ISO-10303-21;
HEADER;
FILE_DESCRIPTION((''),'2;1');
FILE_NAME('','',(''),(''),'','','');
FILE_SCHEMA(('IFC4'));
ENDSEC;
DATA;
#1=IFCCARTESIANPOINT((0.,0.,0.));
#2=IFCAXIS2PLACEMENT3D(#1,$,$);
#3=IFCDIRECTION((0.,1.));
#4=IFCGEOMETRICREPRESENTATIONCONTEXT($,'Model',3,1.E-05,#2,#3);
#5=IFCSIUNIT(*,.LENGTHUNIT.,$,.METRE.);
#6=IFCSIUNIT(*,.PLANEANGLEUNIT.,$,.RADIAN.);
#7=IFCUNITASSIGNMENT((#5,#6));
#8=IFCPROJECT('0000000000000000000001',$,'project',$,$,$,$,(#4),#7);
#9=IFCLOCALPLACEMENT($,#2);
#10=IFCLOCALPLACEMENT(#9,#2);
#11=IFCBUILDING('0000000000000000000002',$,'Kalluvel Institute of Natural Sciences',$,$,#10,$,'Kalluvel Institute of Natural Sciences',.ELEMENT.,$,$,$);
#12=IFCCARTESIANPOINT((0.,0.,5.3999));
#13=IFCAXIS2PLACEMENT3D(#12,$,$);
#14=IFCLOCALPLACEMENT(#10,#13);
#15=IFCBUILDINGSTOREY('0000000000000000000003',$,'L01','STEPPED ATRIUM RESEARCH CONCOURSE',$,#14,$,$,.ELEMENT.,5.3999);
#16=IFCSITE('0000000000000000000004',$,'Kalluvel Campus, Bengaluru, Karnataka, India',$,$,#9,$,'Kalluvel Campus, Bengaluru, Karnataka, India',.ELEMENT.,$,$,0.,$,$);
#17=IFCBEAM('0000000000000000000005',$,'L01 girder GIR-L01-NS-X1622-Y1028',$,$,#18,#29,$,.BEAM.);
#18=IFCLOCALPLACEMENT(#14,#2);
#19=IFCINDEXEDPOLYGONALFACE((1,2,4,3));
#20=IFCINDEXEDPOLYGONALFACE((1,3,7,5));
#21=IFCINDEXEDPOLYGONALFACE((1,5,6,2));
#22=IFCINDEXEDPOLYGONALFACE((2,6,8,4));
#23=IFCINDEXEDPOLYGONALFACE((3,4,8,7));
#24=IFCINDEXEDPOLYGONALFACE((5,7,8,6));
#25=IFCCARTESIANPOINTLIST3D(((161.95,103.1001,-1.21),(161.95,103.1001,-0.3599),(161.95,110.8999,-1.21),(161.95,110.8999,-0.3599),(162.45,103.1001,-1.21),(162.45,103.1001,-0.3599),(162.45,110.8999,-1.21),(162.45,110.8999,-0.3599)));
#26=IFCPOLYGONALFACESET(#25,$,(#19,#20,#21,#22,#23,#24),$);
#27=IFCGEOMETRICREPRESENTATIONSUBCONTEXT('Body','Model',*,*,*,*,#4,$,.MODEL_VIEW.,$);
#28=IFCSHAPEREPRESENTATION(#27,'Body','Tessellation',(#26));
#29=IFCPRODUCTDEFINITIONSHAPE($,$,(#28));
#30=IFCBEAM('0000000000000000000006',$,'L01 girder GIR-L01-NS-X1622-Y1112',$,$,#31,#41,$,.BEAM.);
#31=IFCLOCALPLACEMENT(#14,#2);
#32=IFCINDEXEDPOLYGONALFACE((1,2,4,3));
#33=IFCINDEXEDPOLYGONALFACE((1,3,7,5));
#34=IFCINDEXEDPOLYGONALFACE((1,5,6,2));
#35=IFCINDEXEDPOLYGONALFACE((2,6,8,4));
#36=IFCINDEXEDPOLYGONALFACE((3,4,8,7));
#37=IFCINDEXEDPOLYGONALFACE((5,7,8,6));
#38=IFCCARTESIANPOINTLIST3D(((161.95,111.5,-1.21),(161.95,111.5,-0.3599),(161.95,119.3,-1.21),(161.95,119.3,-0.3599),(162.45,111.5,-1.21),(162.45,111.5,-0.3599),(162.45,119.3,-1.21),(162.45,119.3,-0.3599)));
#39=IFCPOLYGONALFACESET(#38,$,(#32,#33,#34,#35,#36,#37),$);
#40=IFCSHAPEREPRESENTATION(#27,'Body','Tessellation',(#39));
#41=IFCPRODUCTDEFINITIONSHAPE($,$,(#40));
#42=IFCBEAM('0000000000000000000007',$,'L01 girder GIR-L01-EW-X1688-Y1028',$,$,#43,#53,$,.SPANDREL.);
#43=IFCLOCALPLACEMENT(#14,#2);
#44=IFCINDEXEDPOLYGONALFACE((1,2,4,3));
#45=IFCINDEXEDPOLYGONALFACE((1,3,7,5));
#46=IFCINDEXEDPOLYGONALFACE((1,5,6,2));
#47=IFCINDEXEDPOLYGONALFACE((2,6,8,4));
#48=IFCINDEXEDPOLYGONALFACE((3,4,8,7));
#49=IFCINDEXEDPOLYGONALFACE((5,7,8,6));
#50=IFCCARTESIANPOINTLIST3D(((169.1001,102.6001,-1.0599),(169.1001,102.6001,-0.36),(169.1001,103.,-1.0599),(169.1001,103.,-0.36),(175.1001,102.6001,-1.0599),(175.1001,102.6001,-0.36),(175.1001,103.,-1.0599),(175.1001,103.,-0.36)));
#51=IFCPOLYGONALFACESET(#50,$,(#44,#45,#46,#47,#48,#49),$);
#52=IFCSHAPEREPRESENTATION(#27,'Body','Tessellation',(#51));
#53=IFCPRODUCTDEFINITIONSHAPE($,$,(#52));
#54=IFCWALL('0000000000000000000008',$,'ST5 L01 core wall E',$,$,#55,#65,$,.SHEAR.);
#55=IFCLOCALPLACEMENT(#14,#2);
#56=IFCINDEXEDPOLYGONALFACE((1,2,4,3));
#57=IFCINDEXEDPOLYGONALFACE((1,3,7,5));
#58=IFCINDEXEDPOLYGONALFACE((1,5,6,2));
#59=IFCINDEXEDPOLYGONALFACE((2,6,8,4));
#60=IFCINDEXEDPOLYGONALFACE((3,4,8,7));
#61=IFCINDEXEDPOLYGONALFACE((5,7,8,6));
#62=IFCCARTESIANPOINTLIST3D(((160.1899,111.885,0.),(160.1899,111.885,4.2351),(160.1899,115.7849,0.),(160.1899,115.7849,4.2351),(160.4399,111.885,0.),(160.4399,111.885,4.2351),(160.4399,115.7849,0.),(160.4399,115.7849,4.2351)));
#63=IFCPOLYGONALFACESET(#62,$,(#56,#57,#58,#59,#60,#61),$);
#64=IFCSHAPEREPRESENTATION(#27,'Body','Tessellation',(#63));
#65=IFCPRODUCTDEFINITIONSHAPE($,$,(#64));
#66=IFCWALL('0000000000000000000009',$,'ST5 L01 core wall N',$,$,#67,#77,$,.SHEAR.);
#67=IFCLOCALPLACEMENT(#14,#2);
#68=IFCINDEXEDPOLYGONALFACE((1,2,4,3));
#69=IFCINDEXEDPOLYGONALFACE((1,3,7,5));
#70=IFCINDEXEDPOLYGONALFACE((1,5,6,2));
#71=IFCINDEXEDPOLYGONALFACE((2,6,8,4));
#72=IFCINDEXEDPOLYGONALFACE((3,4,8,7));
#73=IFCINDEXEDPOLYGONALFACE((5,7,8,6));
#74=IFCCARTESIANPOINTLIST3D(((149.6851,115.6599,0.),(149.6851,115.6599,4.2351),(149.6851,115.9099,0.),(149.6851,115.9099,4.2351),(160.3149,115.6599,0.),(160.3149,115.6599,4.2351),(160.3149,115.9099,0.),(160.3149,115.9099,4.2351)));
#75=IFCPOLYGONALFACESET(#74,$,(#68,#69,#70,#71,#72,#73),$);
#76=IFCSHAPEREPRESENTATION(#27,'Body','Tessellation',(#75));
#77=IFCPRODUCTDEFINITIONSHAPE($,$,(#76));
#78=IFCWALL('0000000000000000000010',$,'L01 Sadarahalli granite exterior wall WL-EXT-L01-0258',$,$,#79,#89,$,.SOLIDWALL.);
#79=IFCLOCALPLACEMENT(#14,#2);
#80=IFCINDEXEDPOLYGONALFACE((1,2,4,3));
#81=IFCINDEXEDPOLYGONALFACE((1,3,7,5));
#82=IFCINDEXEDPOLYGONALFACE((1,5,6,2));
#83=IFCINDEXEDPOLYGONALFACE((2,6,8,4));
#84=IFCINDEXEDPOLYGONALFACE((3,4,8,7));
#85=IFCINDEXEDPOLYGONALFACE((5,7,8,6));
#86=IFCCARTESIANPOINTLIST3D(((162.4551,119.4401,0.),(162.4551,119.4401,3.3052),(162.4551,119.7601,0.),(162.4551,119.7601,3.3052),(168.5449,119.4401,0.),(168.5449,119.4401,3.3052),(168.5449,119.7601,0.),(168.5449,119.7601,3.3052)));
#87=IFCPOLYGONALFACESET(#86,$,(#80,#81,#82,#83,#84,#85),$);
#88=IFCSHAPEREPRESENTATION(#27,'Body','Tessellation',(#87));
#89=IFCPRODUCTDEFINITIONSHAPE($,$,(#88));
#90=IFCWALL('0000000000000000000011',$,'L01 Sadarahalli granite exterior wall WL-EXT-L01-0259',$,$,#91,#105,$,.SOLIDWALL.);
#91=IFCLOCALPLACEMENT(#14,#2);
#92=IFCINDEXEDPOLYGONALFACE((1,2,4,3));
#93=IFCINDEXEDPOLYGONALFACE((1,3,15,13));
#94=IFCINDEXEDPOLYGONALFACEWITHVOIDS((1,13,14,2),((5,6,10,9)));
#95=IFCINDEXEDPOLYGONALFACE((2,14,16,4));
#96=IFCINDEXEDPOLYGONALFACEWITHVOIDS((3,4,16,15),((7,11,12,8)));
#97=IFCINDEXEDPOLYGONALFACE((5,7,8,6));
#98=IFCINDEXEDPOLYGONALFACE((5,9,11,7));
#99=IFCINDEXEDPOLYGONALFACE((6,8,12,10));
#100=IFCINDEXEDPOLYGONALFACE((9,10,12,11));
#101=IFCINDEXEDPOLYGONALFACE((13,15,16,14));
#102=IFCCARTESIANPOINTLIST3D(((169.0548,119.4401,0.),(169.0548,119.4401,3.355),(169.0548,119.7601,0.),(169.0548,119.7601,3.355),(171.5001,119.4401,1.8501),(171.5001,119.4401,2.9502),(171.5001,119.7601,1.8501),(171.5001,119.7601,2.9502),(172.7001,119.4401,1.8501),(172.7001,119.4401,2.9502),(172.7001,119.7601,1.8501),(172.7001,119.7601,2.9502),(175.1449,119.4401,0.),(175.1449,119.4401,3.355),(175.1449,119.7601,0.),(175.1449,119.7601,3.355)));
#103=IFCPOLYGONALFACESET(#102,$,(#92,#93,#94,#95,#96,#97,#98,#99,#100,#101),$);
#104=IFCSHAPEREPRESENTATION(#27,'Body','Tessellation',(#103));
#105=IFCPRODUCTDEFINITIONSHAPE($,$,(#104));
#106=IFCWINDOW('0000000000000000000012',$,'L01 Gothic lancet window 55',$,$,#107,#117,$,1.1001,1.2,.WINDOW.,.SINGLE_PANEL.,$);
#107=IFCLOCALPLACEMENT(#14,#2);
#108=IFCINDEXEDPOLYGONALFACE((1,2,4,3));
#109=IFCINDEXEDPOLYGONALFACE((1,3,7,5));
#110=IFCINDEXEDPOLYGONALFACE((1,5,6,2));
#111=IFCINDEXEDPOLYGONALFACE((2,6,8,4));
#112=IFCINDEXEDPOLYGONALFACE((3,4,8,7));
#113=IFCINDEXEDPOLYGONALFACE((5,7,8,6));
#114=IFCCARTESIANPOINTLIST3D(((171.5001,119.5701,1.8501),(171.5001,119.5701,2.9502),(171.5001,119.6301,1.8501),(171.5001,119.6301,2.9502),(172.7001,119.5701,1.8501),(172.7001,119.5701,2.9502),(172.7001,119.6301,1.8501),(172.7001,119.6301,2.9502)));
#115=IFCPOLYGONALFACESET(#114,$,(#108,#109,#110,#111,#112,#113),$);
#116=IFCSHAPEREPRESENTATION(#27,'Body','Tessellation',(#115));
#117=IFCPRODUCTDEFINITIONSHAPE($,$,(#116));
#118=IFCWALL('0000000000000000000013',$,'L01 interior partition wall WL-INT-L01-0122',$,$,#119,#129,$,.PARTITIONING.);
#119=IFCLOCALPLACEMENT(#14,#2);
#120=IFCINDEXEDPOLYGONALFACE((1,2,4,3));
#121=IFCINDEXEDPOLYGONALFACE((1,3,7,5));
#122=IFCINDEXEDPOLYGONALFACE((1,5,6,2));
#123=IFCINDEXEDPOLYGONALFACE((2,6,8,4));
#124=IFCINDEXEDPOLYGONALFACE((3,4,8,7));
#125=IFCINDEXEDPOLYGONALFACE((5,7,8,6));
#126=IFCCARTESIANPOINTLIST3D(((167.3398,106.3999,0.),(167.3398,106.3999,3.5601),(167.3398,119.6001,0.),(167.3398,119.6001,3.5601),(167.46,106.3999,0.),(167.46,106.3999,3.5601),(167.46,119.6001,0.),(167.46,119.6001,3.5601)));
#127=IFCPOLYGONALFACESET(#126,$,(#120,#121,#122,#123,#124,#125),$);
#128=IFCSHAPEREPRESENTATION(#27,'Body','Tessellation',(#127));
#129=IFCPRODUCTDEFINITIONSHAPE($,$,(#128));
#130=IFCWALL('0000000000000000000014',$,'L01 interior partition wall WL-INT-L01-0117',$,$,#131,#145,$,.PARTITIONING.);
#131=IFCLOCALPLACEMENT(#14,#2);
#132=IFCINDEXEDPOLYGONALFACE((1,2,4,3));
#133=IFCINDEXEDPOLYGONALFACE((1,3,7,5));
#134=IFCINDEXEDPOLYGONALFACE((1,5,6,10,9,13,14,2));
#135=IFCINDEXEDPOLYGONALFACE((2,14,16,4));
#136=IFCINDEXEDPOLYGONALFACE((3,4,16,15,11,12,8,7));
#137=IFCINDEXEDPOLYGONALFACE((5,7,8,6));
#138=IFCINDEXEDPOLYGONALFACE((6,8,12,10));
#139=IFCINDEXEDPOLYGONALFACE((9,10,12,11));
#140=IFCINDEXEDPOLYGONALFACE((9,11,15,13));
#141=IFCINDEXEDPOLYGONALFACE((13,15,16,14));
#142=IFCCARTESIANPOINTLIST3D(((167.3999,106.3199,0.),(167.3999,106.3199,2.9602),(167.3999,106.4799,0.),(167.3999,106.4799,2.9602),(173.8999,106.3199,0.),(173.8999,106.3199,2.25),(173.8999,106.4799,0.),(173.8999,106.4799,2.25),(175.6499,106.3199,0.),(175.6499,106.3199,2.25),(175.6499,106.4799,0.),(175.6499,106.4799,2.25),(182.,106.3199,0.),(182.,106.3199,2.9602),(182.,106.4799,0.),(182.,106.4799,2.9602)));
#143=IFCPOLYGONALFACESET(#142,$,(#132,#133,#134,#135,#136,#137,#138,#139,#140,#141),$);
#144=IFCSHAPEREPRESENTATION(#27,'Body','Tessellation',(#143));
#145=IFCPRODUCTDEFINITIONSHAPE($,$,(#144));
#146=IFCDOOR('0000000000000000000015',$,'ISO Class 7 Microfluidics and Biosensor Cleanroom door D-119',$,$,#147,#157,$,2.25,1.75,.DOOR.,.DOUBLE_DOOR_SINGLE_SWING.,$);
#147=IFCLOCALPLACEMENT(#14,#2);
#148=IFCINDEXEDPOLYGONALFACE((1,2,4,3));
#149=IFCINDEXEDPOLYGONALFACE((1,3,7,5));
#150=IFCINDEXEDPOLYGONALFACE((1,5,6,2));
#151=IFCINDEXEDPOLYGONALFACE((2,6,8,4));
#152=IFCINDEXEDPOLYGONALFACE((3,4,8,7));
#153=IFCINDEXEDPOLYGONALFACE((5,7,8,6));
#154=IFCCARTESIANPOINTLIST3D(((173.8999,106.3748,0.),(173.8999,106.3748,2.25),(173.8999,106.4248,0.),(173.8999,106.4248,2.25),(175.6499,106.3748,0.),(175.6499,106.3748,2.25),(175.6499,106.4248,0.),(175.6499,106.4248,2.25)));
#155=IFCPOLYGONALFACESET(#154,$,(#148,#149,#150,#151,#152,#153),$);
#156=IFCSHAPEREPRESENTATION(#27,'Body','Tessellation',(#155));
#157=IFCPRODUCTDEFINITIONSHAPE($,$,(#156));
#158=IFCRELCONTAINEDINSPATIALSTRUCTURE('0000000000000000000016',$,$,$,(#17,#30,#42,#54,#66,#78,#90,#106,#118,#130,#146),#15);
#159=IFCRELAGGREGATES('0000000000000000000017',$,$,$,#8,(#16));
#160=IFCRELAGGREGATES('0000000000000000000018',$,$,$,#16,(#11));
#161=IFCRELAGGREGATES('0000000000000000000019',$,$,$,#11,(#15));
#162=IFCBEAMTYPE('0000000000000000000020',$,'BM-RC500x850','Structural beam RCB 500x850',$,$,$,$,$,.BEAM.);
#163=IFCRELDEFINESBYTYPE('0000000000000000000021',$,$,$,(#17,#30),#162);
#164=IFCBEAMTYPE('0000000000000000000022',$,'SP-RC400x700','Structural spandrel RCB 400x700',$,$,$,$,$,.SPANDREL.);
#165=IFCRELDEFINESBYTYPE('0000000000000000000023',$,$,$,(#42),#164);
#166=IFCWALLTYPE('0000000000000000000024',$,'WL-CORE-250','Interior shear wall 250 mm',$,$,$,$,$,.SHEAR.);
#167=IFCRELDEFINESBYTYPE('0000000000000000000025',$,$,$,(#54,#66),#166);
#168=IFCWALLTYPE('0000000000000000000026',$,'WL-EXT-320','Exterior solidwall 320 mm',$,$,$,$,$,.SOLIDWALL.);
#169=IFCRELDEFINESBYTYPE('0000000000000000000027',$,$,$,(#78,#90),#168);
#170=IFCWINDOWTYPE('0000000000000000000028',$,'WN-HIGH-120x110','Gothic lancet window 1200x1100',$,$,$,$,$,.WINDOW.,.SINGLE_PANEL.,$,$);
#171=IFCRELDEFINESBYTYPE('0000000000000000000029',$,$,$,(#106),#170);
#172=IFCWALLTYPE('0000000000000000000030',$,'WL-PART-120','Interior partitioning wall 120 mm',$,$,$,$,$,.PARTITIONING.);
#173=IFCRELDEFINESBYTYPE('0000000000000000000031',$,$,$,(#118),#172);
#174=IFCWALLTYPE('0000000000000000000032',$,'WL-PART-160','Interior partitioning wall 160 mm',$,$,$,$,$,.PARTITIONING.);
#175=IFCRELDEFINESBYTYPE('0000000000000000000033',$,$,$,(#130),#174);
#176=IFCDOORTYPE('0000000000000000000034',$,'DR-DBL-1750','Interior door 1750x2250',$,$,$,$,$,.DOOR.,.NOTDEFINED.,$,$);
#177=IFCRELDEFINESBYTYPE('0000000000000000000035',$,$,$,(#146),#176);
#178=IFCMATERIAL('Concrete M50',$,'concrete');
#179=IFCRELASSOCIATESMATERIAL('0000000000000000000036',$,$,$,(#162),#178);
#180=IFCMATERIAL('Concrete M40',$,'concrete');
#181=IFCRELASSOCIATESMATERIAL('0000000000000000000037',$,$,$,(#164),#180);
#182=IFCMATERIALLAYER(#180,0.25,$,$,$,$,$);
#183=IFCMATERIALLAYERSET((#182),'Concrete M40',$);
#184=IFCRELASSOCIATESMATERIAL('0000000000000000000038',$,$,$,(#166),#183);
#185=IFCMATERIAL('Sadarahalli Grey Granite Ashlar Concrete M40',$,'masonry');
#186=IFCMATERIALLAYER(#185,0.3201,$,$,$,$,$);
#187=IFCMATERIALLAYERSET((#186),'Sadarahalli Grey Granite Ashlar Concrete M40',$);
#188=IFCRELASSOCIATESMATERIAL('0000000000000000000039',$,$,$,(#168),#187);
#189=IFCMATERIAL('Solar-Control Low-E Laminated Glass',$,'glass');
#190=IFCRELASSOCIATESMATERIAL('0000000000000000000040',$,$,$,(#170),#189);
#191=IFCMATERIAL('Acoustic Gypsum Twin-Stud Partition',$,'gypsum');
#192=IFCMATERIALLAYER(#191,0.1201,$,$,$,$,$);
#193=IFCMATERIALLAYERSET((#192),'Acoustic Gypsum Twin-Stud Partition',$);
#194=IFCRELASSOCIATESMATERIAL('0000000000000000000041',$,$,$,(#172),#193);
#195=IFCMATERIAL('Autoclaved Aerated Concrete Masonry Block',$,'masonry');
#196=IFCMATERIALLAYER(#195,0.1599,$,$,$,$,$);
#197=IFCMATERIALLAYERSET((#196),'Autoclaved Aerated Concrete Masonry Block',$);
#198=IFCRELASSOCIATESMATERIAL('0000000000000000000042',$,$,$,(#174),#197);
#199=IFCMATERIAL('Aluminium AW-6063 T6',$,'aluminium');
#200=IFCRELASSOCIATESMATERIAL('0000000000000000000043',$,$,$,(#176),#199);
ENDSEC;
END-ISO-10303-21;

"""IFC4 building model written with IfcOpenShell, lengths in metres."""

from ifc_helpers import new_model, si_unit, direction, frame, frame_2d, origin, origin_2d, place, context, subcontext, project, spatial, rectangle, extrude, material, layer, layer_set, material_profile, profile_set, type_object, element, fill, save


model = new_model("IFC4")

# Units and contexts
model_context = context("Model", 3, precision=1e-05, world=origin(), true_north=direction((0.0, 1.0)))
body_context = subcontext(model_context, "Body", "Model", "MODEL_VIEW")
ifc_project = project(units=[si_unit("LENGTHUNIT", "METRE"), si_unit("PLANEANGLEUNIT", "RADIAN")], contexts=[model_context])

# Site, building, storey
site_placement = place(None, origin())
site = spatial("IfcSite", under=ifc_project, at=site_placement, Name="Kalluvel Campus, Bengaluru, Karnataka, India", LongName="Kalluvel Campus, Bengaluru, Karnataka, India", CompositionType="ELEMENT", RefElevation=0.0)
building_placement = place(site_placement, origin())
building = spatial("IfcBuilding", under=site, at=building_placement, Name="Kalluvel Institute of Natural Sciences", LongName="Kalluvel Institute of Natural Sciences", CompositionType="ELEMENT")
storey_placement = place(building_placement, frame((0.0, 0.0, 5.3999)))
storey = spatial("IfcBuildingStorey", under=building, at=storey_placement, Name="L01", Description="STEPPED ATRIUM RESEARCH CONCOURSE", CompositionType="ELEMENT", Elevation=5.3999)

# Shared definitions
ifc_material_1 = material(Name="Concrete M40", Category="concrete")

# Beams
ifc_material_2 = material(Name="Concrete M50", Category="concrete")
ifc_material_profile_1 = material_profile(ifc_material_2, rectangle(XDim=0.5, YDim=0.8501, at=origin_2d()), Name="RCB 500x850")
ifc_profile_set_1 = profile_set([ifc_material_profile_1], Name="Concrete M50")
beam_type_1 = type_object("IfcBeamType", Name="BM-RC500x850", Description="Structural beam RCB 500x850", PredefinedType="BEAM", material=ifc_profile_set_1)
beam_1_placement = place(storey_placement, frame((162.2, 103.1001, -0.7849), z_axis=(0.0, 1.0, 0.0), x_axis=(-1.0, 0.0, 0.0)))
element("IfcBeam", 1, at=beam_1_placement, inside=storey, type_object=beam_type_1, Name="L01 girder GIR-L01-NS-X1622-Y1028", PredefinedType="BEAM", context=body_context, shape_type="SweptSolid", body=[
    extrude(rectangle(XDim=0.5, YDim=0.8501, at=origin_2d()), origin(), (0.0, 0.0, 1.0), 7.7998),
])
beam_2_placement = place(storey_placement, frame((162.2, 111.5, -0.7849), z_axis=(0.0, 1.0, 0.0), x_axis=(-1.0, 0.0, 0.0)))
element("IfcBeam", 2, at=beam_2_placement, inside=storey, type_object=beam_type_1, Name="L01 girder GIR-L01-NS-X1622-Y1112", PredefinedType="BEAM", context=body_context, shape_type="SweptSolid", body=[
    extrude(rectangle(XDim=0.5, YDim=0.8501, at=origin_2d()), origin(), (0.0, 0.0, 1.0), 7.8),
])
ifc_material_profile_2 = material_profile(ifc_material_1, rectangle(XDim=0.3999, YDim=0.7, at=origin_2d()), Name="RCB 400x700")
ifc_profile_set_2 = profile_set([ifc_material_profile_2], Name="Concrete M40")
beam_type_2 = type_object("IfcBeamType", Name="SP-RC400x700", Description="Structural spandrel RCB 400x700", PredefinedType="SPANDREL", material=ifc_profile_set_2)
beam_3_placement = place(storey_placement, frame((169.1001, 102.8, -0.71), z_axis=(1.0, 0.0, 0.0), x_axis=(0.0, 1.0, 0.0)))
element("IfcBeam", 3, at=beam_3_placement, inside=storey, type_object=beam_type_2, Name="L01 girder GIR-L01-EW-X1688-Y1028", PredefinedType="SPANDREL", context=body_context, shape_type="SweptSolid", body=[
    extrude(rectangle(XDim=0.3999, YDim=0.7, at=origin_2d()), origin(), (0.0, 0.0, 1.0), 6.0),
])

# Walls
ifc_layer_1 = layer(ifc_material_1, 0.25)
ifc_layer_set_1 = layer_set([ifc_layer_1], Name="Concrete M40")
wall_type_1 = type_object("IfcWallType", Name="WL-CORE-250", Description="Interior shear wall 250 mm", PredefinedType="SHEAR", material=ifc_layer_set_1)
wall_1_placement = place(storey_placement, frame((160.3149, 111.885, 0.0), z_axis=(0.0, 0.0, 1.0), x_axis=(0.0, 1.0, 0.0)))
element("IfcWall", 4, at=wall_1_placement, inside=storey, type_object=wall_type_1, Name="ST5 L01 core wall E", PredefinedType="SHEAR", context=body_context, shape_type="SweptSolid", body=[
    extrude(rectangle(XDim=3.8999, YDim=0.25, at=frame_2d((1.95, 0.0))), origin(), (0.0, 0.0, 1.0), 4.2351),
])
wall_2_placement = place(storey_placement, frame((160.3149, 115.7849, 0.0), z_axis=(0.0, 0.0, 1.0), x_axis=(-1.0, 0.0, 0.0)))
element("IfcWall", 5, at=wall_2_placement, inside=storey, type_object=wall_type_1, Name="ST5 L01 core wall N", PredefinedType="SHEAR", context=body_context, shape_type="SweptSolid", body=[
    extrude(rectangle(XDim=10.6299, YDim=0.25, at=frame_2d((5.3149, 0.0))), origin(), (0.0, 0.0, 1.0), 4.2351),
])
ifc_material_3 = material(Name="Sadarahalli Grey Granite Ashlar Concrete M40", Category="masonry")
ifc_layer_2 = layer(ifc_material_3, 0.3201)
ifc_layer_set_2 = layer_set([ifc_layer_2], Name="Sadarahalli Grey Granite Ashlar Concrete M40")
wall_type_2 = type_object("IfcWallType", Name="WL-EXT-320", Description="Exterior solidwall 320 mm", PredefinedType="SOLIDWALL", material=ifc_layer_set_2)
wall_3_placement = place(storey_placement, frame((162.4551, 119.6001, 0.0), z_axis=(0.0, 0.0, 1.0), x_axis=(1.0, 0.0, 0.0)))
element("IfcWall", 6, at=wall_3_placement, inside=storey, type_object=wall_type_2, Name="L01 Sadarahalli granite exterior wall WL-EXT-L01-0258", PredefinedType="SOLIDWALL", context=body_context, shape_type="SweptSolid", body=[
    extrude(rectangle(XDim=6.0898, YDim=0.3201, at=frame_2d((3.0449, 0.0))), origin(), (0.0, 0.0, 1.0), 3.3052),
])

# Wall, opening, window
wall_4_placement = place(storey_placement, frame((169.0549, 119.6001, 0.0), z_axis=(0.0, 0.0, 1.0), x_axis=(1.0, 0.0, 0.0)))
wall_4 = element("IfcWall", 7, at=wall_4_placement, inside=storey, type_object=wall_type_2, Name="L01 Sadarahalli granite exterior wall WL-EXT-L01-0259", PredefinedType="SOLIDWALL", context=body_context, shape_type="SweptSolid", body=[
    extrude(rectangle(XDim=6.0901, YDim=0.3201, at=frame_2d((3.0449, 0.0))), origin(), (0.0, 0.0, 1.0), 3.355),
])
opening_1_placement = place(wall_4_placement, frame((2.4451, 0.0, 1.8501)))
opening_1 = element("IfcOpeningElement", 8, at=opening_1_placement, cuts=wall_4, PredefinedType="OPENING", context=body_context, shape_type="SweptSolid", body=[
    extrude(rectangle(XDim=1.2, YDim=1.1001, at=frame_2d((0.6001, 0.55))), frame((0.0, 0.1699, 0.0), z_axis=(0.0, -1.0, 0.0), x_axis=(1.0, 0.0, 0.0)), (0.0, 0.0, 1.0), 0.3401),
])
ifc_material_4 = material(Name="Solar-Control Low-E Laminated Glass", Category="glass")
window_type = type_object("IfcWindowType", Name="WN-HIGH-120x110", Description="Gothic lancet window 1200x1100", PartitioningType="SINGLE_PANEL", PredefinedType="WINDOW", material=ifc_material_4)
window_placement = place(opening_1_placement, origin())
window = element("IfcWindow", 9, at=window_placement, inside=storey, type_object=window_type, Name="L01 Gothic lancet window 55", OverallHeight=1.1001, OverallWidth=1.2, PartitioningType="SINGLE_PANEL", PredefinedType="WINDOW", context=body_context, shape_type="SweptSolid", body=[
    extrude(rectangle(XDim=1.2, YDim=1.1001, at=frame_2d((0.6001, 0.55))), frame((0.0, 0.03, 0.0), z_axis=(0.0, -1.0, 0.0), x_axis=(1.0, 0.0, 0.0)), (0.0, 0.0, 1.0), 0.0601),
])
fill(opening_1, window)

# Wall
ifc_material_5 = material(Name="Acoustic Gypsum Twin-Stud Partition", Category="gypsum")
ifc_layer_3 = layer(ifc_material_5, 0.1201)
ifc_layer_set_3 = layer_set([ifc_layer_3], Name="Acoustic Gypsum Twin-Stud Partition")
wall_type_3 = type_object("IfcWallType", Name="WL-PART-120", Description="Interior partitioning wall 120 mm", PredefinedType="PARTITIONING", material=ifc_layer_set_3)
wall_5_placement = place(storey_placement, frame((167.3999, 106.3999, 0.0), z_axis=(0.0, 0.0, 1.0), x_axis=(0.0, 1.0, 0.0)))
element("IfcWall", 10, at=wall_5_placement, inside=storey, type_object=wall_type_3, Name="L01 interior partition wall WL-INT-L01-0122", PredefinedType="PARTITIONING", context=body_context, shape_type="SweptSolid", body=[
    extrude(rectangle(XDim=13.2002, YDim=0.1201, at=frame_2d((6.6001, 0.0))), origin(), (0.0, 0.0, 1.0), 3.5601),
])

# Wall, opening, door
ifc_material_6 = material(Name="Autoclaved Aerated Concrete Masonry Block", Category="masonry")
ifc_layer_4 = layer(ifc_material_6, 0.1599)
ifc_layer_set_4 = layer_set([ifc_layer_4], Name="Autoclaved Aerated Concrete Masonry Block")
wall_type_4 = type_object("IfcWallType", Name="WL-PART-160", Description="Interior partitioning wall 160 mm", PredefinedType="PARTITIONING", material=ifc_layer_set_4)
wall_6_placement = place(storey_placement, frame((167.3999, 106.3999, 0.0), z_axis=(0.0, 0.0, 1.0), x_axis=(1.0, 0.0, 0.0)))
wall_6 = element("IfcWall", 11, at=wall_6_placement, inside=storey, type_object=wall_type_4, Name="L01 interior partition wall WL-INT-L01-0117", PredefinedType="PARTITIONING", context=body_context, shape_type="SweptSolid", body=[
    extrude(rectangle(XDim=14.6001, YDim=0.1599, at=frame_2d((7.3, 0.0))), origin(), (0.0, 0.0, 1.0), 2.9602),
])
opening_2_placement = place(wall_6_placement, frame((6.5, 0.0, 0.0)))
opening_2 = element("IfcOpeningElement", 12, at=opening_2_placement, cuts=wall_6, PredefinedType="OPENING", context=body_context, shape_type="SweptSolid", body=[
    extrude(rectangle(XDim=1.75, YDim=2.25, at=frame_2d((0.875, 1.125))), frame((0.0, 0.0898, 0.0), z_axis=(0.0, -1.0, 0.0), x_axis=(1.0, 0.0, 0.0)), (0.0, 0.0, 1.0), 0.1799),
])
ifc_material_7 = material(Name="Aluminium AW-6063 T6", Category="aluminium")
door_type_1 = type_object("IfcDoorType", Name="DR-DBL-1750", Description="Interior door 1750x2250", OperationType="NOTDEFINED", PredefinedType="DOOR", material=ifc_material_7)
door_1_placement = place(opening_2_placement, origin())
door_1 = element("IfcDoor", 13, at=door_1_placement, inside=storey, type_object=door_type_1, Name="ISO Class 7 Microfluidics and Biosensor Cleanroom door D-119", OperationType="DOUBLE_DOOR_SINGLE_SWING", OverallHeight=2.25, OverallWidth=1.75, PredefinedType="DOOR", context=body_context, shape_type="SweptSolid", body=[
    extrude(rectangle(XDim=1.75, YDim=2.25, at=frame_2d((0.875, 1.125))), frame((0.0, 0.0249, 0.0), z_axis=(0.0, -1.0, 0.0), x_axis=(1.0, 0.0, 0.0)), (0.0, 0.0, 1.0), 0.05),
])
fill(opening_2, door_1)

save(model, "model.ifc")
